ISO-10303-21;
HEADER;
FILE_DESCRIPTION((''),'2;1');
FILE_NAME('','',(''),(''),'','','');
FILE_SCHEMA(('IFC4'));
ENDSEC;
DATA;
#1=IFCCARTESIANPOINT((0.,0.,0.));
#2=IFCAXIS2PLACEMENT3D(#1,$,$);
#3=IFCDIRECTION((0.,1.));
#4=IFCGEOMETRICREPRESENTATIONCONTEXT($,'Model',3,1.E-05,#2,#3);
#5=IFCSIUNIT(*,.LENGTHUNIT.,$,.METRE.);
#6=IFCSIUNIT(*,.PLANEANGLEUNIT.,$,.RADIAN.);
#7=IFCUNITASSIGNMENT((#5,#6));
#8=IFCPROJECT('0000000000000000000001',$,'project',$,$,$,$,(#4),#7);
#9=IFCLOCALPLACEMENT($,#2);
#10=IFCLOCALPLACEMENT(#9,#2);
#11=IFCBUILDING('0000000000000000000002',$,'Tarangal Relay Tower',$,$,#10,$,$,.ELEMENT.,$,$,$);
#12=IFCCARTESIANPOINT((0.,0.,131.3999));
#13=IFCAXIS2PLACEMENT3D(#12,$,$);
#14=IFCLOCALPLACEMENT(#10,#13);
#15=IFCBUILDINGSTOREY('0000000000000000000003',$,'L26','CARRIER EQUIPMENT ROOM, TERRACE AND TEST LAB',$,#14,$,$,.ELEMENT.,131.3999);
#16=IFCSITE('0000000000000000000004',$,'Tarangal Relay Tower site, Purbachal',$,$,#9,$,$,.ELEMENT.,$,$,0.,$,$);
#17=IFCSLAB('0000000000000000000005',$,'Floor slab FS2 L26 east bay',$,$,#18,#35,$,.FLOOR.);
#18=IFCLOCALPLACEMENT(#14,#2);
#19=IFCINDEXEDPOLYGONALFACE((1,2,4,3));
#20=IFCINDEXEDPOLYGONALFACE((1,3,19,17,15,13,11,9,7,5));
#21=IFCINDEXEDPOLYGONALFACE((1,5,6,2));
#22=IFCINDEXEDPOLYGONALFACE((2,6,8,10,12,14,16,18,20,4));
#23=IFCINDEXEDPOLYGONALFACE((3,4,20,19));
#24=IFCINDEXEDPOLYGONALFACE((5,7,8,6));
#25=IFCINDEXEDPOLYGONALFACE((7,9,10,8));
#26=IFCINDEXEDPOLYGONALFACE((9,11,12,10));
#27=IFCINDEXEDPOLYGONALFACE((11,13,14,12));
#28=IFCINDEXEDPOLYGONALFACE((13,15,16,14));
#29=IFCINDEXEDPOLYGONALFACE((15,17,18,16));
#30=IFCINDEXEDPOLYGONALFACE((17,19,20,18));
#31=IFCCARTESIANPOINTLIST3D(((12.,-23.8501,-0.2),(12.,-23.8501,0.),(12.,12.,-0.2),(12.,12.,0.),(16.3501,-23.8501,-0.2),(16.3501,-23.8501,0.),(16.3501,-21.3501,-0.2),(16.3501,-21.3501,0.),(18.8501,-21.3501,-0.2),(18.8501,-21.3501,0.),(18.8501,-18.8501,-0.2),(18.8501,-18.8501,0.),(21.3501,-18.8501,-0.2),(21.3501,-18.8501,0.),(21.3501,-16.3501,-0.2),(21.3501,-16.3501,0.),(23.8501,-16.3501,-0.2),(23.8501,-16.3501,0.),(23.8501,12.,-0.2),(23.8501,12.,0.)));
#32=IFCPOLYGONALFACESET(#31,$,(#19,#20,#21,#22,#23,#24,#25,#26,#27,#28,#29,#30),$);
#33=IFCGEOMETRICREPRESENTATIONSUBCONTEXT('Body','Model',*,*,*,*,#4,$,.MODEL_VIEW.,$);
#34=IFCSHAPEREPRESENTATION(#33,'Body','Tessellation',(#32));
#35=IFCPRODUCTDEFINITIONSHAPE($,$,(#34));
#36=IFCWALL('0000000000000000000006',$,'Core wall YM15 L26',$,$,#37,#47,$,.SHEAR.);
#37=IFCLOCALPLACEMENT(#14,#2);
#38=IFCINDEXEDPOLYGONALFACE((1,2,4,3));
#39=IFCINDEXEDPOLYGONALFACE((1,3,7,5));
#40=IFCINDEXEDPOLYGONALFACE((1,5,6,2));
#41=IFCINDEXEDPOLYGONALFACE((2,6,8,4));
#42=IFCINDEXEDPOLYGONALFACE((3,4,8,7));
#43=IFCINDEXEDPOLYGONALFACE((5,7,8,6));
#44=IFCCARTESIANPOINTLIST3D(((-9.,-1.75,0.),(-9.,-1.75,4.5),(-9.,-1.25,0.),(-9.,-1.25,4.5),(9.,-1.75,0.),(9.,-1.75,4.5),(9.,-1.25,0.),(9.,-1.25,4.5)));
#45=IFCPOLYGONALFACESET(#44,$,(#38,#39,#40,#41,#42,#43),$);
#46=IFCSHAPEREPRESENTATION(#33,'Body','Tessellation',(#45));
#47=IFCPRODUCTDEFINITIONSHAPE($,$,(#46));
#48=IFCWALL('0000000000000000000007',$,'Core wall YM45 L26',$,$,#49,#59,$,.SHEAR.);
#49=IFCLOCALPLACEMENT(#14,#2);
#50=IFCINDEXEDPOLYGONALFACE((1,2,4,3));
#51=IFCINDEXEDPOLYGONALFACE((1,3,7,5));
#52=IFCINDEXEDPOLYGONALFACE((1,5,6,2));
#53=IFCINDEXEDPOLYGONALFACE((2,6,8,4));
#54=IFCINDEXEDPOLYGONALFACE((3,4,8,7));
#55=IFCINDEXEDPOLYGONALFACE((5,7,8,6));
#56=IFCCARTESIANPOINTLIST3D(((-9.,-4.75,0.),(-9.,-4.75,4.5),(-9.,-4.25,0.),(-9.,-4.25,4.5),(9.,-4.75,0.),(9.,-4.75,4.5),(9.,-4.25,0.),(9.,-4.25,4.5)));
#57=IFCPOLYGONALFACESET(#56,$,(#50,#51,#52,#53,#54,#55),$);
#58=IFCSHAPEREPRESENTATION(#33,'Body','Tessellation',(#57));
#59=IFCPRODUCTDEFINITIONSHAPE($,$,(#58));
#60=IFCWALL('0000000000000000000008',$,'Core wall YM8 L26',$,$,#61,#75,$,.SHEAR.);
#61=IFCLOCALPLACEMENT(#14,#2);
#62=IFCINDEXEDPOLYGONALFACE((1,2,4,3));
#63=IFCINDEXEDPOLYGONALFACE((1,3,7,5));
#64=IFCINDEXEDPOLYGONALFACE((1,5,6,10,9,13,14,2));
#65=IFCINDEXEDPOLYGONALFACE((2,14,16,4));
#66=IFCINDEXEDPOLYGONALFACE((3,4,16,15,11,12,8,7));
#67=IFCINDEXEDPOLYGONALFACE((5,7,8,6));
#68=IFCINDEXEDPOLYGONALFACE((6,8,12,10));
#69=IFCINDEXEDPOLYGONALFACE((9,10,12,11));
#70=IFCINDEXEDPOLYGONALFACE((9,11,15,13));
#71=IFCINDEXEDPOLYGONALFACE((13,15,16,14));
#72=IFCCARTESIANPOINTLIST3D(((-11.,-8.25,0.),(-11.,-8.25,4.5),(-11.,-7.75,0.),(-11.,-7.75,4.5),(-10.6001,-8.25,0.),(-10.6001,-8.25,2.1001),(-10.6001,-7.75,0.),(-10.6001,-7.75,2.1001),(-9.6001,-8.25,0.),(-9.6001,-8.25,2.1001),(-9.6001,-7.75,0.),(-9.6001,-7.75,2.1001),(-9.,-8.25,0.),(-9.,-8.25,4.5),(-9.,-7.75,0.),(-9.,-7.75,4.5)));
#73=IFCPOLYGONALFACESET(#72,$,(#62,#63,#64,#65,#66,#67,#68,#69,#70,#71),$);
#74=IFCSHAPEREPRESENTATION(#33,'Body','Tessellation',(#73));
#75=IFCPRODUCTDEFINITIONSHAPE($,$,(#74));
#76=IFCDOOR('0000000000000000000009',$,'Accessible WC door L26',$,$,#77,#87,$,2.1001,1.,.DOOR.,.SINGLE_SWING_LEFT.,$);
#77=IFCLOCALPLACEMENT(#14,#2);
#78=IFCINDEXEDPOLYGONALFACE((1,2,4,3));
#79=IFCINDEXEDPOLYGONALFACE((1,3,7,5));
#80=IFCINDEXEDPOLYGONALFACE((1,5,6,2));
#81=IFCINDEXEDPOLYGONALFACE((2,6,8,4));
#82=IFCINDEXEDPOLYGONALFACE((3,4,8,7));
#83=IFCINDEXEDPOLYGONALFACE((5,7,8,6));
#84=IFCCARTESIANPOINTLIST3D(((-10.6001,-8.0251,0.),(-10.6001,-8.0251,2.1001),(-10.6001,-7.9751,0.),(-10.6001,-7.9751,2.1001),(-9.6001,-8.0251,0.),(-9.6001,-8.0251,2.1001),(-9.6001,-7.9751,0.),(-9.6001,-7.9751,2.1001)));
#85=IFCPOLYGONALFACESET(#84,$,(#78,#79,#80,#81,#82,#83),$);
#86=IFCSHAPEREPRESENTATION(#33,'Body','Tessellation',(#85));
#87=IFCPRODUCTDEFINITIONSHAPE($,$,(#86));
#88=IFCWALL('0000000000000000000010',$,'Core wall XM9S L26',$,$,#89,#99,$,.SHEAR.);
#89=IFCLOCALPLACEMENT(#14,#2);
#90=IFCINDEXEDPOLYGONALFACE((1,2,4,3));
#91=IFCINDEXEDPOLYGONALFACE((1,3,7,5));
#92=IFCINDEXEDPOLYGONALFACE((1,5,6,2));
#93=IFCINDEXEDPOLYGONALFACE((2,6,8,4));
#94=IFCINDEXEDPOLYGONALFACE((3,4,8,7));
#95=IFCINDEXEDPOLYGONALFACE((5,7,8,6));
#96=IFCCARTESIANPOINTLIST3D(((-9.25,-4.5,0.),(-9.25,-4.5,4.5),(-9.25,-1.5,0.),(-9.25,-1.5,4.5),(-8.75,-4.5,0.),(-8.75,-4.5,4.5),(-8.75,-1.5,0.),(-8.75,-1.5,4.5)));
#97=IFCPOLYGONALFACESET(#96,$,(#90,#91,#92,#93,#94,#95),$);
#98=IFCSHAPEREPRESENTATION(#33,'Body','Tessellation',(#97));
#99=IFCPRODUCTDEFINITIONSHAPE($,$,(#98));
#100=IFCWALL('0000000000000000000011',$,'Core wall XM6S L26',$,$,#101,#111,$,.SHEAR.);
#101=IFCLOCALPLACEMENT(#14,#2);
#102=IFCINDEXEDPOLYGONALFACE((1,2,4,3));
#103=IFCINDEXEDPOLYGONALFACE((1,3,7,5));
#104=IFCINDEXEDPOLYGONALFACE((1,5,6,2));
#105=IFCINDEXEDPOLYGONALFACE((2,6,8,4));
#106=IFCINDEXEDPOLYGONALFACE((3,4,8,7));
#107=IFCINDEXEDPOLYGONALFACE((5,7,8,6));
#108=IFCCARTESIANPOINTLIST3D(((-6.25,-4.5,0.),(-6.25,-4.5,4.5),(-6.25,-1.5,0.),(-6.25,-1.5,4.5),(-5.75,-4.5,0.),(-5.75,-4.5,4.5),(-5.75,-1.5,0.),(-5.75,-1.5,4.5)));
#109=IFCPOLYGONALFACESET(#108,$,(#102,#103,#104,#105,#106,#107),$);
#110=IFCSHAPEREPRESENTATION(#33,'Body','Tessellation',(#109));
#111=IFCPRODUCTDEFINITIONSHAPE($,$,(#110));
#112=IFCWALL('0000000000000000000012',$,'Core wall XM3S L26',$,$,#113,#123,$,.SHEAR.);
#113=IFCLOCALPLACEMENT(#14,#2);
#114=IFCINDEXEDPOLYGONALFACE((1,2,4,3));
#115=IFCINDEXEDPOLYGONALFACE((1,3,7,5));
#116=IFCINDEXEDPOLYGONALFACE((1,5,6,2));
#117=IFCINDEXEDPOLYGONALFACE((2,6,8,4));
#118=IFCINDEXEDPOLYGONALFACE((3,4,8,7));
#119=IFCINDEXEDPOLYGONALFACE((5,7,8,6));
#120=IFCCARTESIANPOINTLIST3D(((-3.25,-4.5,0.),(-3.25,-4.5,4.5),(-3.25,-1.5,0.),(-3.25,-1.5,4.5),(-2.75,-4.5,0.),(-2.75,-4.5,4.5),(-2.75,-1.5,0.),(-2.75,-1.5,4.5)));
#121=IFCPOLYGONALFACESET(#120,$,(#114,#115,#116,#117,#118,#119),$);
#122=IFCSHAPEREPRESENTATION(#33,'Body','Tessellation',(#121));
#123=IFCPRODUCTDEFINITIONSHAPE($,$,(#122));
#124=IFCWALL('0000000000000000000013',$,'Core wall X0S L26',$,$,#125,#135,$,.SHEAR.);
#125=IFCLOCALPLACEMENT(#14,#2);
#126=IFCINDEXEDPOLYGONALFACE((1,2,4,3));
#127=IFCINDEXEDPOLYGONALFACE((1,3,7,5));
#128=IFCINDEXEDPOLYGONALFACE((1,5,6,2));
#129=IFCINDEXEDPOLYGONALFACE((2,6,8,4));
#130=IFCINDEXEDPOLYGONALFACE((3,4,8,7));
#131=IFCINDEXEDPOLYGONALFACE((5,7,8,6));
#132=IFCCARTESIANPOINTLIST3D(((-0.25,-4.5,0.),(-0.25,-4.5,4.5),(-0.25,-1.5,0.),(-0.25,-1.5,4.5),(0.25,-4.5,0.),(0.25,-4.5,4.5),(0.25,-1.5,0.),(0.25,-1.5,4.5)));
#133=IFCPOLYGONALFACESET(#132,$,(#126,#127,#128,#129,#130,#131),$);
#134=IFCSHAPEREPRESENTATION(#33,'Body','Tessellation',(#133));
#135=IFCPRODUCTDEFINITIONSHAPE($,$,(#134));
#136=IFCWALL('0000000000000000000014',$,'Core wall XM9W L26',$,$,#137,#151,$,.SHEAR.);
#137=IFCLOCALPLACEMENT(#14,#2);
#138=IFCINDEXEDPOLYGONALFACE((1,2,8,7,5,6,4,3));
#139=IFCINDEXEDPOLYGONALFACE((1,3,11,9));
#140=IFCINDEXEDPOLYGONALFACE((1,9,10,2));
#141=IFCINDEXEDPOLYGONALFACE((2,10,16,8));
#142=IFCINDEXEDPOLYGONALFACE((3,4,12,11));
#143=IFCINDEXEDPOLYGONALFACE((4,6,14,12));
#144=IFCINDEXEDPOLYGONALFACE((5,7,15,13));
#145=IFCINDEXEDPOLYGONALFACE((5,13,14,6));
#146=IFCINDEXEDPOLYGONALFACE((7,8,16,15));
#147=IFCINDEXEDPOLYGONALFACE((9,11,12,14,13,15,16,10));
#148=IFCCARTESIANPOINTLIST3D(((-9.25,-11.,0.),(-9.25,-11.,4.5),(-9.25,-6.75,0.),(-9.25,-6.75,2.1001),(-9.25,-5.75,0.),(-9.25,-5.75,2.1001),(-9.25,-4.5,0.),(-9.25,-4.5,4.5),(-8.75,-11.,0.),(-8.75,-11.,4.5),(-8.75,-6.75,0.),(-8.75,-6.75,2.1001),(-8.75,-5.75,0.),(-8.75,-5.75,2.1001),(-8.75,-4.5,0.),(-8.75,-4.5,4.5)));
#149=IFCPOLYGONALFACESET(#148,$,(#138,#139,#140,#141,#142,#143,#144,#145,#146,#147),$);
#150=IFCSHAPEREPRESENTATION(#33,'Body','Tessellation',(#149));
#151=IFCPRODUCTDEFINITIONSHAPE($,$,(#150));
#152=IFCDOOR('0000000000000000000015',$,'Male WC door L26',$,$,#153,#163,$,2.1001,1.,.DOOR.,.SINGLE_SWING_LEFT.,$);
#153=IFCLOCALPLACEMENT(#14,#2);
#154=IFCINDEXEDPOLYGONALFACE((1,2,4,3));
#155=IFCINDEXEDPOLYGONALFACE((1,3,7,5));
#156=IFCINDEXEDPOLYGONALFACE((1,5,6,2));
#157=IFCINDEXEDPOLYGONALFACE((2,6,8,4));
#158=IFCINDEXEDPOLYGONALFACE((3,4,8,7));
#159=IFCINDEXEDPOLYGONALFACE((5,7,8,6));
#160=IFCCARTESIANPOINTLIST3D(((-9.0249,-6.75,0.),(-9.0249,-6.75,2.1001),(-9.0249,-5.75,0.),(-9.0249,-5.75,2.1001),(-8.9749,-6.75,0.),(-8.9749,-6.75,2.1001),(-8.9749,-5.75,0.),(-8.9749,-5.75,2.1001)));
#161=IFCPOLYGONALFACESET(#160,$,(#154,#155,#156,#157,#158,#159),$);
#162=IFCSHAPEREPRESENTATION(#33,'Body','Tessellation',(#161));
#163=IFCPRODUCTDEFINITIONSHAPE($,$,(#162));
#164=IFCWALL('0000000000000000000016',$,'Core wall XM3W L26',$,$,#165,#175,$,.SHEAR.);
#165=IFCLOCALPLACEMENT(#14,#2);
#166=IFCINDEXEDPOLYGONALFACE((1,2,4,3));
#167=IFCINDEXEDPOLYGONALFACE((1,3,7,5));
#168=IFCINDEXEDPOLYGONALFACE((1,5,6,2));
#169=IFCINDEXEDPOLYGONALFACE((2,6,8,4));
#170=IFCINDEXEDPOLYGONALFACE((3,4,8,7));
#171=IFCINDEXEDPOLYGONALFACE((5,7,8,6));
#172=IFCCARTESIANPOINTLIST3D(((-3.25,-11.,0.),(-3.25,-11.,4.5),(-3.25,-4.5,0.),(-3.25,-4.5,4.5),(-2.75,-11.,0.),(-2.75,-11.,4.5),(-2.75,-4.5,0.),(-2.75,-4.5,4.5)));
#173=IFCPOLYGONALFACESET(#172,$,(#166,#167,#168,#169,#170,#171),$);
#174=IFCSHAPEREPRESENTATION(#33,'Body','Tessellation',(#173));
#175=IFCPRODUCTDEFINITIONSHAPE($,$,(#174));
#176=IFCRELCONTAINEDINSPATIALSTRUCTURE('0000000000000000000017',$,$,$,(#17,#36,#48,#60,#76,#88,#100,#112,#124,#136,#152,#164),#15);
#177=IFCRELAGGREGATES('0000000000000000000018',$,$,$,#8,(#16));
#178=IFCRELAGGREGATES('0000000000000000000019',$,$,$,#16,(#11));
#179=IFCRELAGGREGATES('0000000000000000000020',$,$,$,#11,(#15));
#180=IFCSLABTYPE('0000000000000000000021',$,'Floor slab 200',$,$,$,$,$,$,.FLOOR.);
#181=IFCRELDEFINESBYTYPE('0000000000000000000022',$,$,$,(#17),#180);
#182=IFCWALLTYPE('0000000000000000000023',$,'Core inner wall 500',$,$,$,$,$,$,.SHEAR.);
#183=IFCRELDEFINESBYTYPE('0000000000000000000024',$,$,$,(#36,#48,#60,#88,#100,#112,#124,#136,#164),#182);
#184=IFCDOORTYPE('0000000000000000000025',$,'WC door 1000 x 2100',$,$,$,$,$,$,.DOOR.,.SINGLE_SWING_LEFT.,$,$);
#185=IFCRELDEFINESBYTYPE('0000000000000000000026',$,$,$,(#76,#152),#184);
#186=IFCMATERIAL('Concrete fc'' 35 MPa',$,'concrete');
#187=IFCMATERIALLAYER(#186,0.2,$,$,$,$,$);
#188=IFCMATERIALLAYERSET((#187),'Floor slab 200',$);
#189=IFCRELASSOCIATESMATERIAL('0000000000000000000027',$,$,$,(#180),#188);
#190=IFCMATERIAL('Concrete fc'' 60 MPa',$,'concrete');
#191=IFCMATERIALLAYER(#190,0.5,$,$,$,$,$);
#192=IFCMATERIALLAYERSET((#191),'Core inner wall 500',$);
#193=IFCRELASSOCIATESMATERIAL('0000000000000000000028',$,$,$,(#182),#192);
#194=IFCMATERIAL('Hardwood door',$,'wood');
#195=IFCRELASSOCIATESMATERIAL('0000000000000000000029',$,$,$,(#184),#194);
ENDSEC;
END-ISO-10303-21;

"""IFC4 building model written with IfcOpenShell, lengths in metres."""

from ifc_helpers import new_model, si_unit, direction, frame, frame_2d, origin, place, context, subcontext, project, spatial, polyline, rectangle, outline, extrude, material, layer, layer_set, type_object, element, fill, save


model = new_model("IFC4")

# Units and contexts
model_context = context("Model", 3, precision=1e-05, world=origin(), true_north=direction((0.0, 1.0)))
body_context = subcontext(model_context, "Body", "Model", "MODEL_VIEW")
ifc_project = project(units=[si_unit("LENGTHUNIT", "METRE"), si_unit("PLANEANGLEUNIT", "RADIAN")], contexts=[model_context])

# Site, building, storey
site_placement = place(None, origin())
site = spatial("IfcSite", under=ifc_project, at=site_placement, Name="Tarangal Relay Tower site, Purbachal", CompositionType="ELEMENT", RefElevation=0.0)
building_placement = place(site_placement, origin())
building = spatial("IfcBuilding", under=site, at=building_placement, Name="Tarangal Relay Tower", CompositionType="ELEMENT")
storey_placement = place(building_placement, frame((0.0, 0.0, 131.3999)))
storey = spatial("IfcBuildingStorey", under=building, at=storey_placement, Name="L26", Description="CARRIER EQUIPMENT ROOM, TERRACE AND TEST LAB", CompositionType="ELEMENT", Elevation=131.3999)

# Slab
ifc_material_1 = material(Name="Concrete fc' 35 MPa", Category="concrete")
ifc_layer_1 = layer(ifc_material_1, 0.2)
ifc_layer_set_1 = layer_set([ifc_layer_1], Name="Floor slab 200")
slab_type = type_object("IfcSlabType", Name="Floor slab 200", PredefinedType="FLOOR", material=ifc_layer_set_1)
slab_1_placement = place(storey_placement, frame((0.0, 0.0, -0.2)))
element("IfcSlab", 1, at=slab_1_placement, inside=storey, type_object=slab_type, Name="Floor slab FS2 L26 east bay", PredefinedType="FLOOR", context=body_context, shape_type="SweptSolid", body=[
    extrude(outline(polyline([(23.8501, -16.3501), (21.3501, -16.3501), (21.3501, -18.8501), (18.8501, -18.8501), (18.8501, -21.3501), (16.3501, -21.3501), (16.3501, -23.8501), (12.0, -23.8501), (12.0, 12.0), (23.8501, 12.0), (23.8501, -16.3501)])), origin(), (0.0, 0.0, 1.0), 0.2),
])

# Walls
ifc_material_2 = material(Name="Concrete fc' 60 MPa", Category="concrete")
ifc_layer_2 = layer(ifc_material_2, 0.5)
ifc_layer_set_2 = layer_set([ifc_layer_2], Name="Core inner wall 500")
wall_type_1 = type_object("IfcWallType", Name="Core inner wall 500", PredefinedType="SHEAR", material=ifc_layer_set_2)
for number, where, z_axis, x_axis, name in (
    (2, (-9.0, -1.5, 0.0), (0.0, 0.0, 1.0), (1.0, 0.0, 0.0), "Core wall YM15 L26"),
    (3, (-9.0, -4.5, 0.0), (0.0, 0.0, 1.0), (1.0, 0.0, 0.0), "Core wall YM45 L26"),
):
    element("IfcWall", number, at=place(storey_placement, frame(where, z_axis=z_axis, x_axis=x_axis)), inside=storey, type_object=wall_type_1, Name=name, PredefinedType="SHEAR", context=body_context, shape_type="SweptSolid", body=[
        extrude(rectangle(XDim=18.0, YDim=0.5, at=frame_2d((9.0, 0.0))), origin(), (0.0, 0.0, 1.0), 4.5),
    ])

# Wall, opening, door
wall_1_placement = place(storey_placement, frame((-11.0, -8.0, 0.0), z_axis=(0.0, 0.0, 1.0), x_axis=(1.0, 0.0, 0.0)))
wall_1 = element("IfcWall", 4, at=wall_1_placement, inside=storey, type_object=wall_type_1, Name="Core wall YM8 L26", PredefinedType="SHEAR", context=body_context, shape_type="SweptSolid", body=[
    extrude(rectangle(XDim=2.0, YDim=0.5, at=frame_2d((1.0, 0.0))), origin(), (0.0, 0.0, 1.0), 4.5),
])
opening_1_placement = place(wall_1_placement, frame((0.3999, 0.0, 0.0)))
opening_1 = element("IfcOpeningElement", 5, at=opening_1_placement, cuts=wall_1, PredefinedType="OPENING", context=body_context, shape_type="SweptSolid", body=[
    extrude(rectangle(XDim=1.0, YDim=2.1001, at=frame_2d((0.5, 1.05))), frame((0.0, 0.26, 0.0), z_axis=(0.0, -1.0, 0.0), x_axis=(1.0, 0.0, 0.0)), (0.0, 0.0, 1.0), 0.52),
])
ifc_material_3 = material(Name="Hardwood door", Category="wood")
door_type_1 = type_object("IfcDoorType", Name="WC door 1000 x 2100", OperationType="SINGLE_SWING_LEFT", PredefinedType="DOOR", material=ifc_material_3)
door_1_placement = place(opening_1_placement, origin())
door_1 = element("IfcDoor", 6, at=door_1_placement, inside=storey, type_object=door_type_1, Name="Accessible WC door L26", OperationType="SINGLE_SWING_LEFT", OverallHeight=2.1001, OverallWidth=1.0, PredefinedType="DOOR", context=body_context, shape_type="SweptSolid", body=[
    extrude(rectangle(XDim=1.0, YDim=2.1001, at=frame_2d((0.5, 1.05))), frame((0.0, 0.0249, 0.0), z_axis=(0.0, -1.0, 0.0), x_axis=(1.0, 0.0, 0.0)), (0.0, 0.0, 1.0), 0.05),
])
fill(opening_1, door_1)

# Walls
for number, where, z_axis, x_axis, name in (
    (7, (-9.0, -4.5, 0.0), (0.0, 0.0, 1.0), (0.0, 1.0, 0.0), "Core wall XM9S L26"),
    (8, (-6.0, -4.5, 0.0), (0.0, 0.0, 1.0), (0.0, 1.0, 0.0), "Core wall XM6S L26"),
    (9, (-3.0, -4.5, 0.0), (0.0, 0.0, 1.0), (0.0, 1.0, 0.0), "Core wall XM3S L26"),
    (10, (0.0, -4.5, 0.0), (0.0, 0.0, 1.0), (0.0, 1.0, 0.0), "Core wall X0S L26"),
):
    element("IfcWall", number, at=place(storey_placement, frame(where, z_axis=z_axis, x_axis=x_axis)), inside=storey, type_object=wall_type_1, Name=name, PredefinedType="SHEAR", context=body_context, shape_type="SweptSolid", body=[
        extrude(rectangle(XDim=3.0, YDim=0.5, at=frame_2d((1.5, 0.0))), origin(), (0.0, 0.0, 1.0), 4.5),
    ])

# Wall, opening, door
wall_2_placement = place(storey_placement, frame((-9.0, -11.0, 0.0), z_axis=(0.0, 0.0, 1.0), x_axis=(0.0, 1.0, 0.0)))
wall_2 = element("IfcWall", 11, at=wall_2_placement, inside=storey, type_object=wall_type_1, Name="Core wall XM9W L26", PredefinedType="SHEAR", context=body_context, shape_type="SweptSolid", body=[
    extrude(rectangle(XDim=6.5, YDim=0.5, at=frame_2d((3.25, 0.0))), origin(), (0.0, 0.0, 1.0), 4.5),
])
opening_2_placement = place(wall_2_placement, frame((4.25, 0.0, 0.0)))
opening_2 = element("IfcOpeningElement", 12, at=opening_2_placement, cuts=wall_2, PredefinedType="OPENING", context=body_context, shape_type="SweptSolid", body=[
    extrude(rectangle(XDim=1.0, YDim=2.1001, at=frame_2d((0.5, 1.05))), frame((0.0, 0.26, 0.0), z_axis=(0.0, -1.0, 0.0), x_axis=(1.0, 0.0, 0.0)), (0.0, 0.0, 1.0), 0.52),
])
door_2_placement = place(opening_2_placement, origin())
door_2 = element("IfcDoor", 13, at=door_2_placement, inside=storey, type_object=door_type_1, Name="Male WC door L26", OperationType="SINGLE_SWING_LEFT", OverallHeight=2.1001, OverallWidth=1.0, PredefinedType="DOOR", context=body_context, shape_type="SweptSolid", body=[
    extrude(rectangle(XDim=1.0, YDim=2.1001, at=frame_2d((0.5, 1.05))), frame((0.0, 0.0249, 0.0), z_axis=(0.0, -1.0, 0.0), x_axis=(1.0, 0.0, 0.0)), (0.0, 0.0, 1.0), 0.05),
])
fill(opening_2, door_2)

# Wall
wall_3_placement = place(storey_placement, frame((-3.0, -11.0, 0.0), z_axis=(0.0, 0.0, 1.0), x_axis=(0.0, 1.0, 0.0)))
element("IfcWall", 14, at=wall_3_placement, inside=storey, type_object=wall_type_1, Name="Core wall XM3W L26", PredefinedType="SHEAR", context=body_context, shape_type="SweptSolid", body=[
    extrude(rectangle(XDim=6.5, YDim=0.5, at=frame_2d((3.25, 0.0))), origin(), (0.0, 0.0, 1.0), 4.5),
])

save(model, "model.ifc")
